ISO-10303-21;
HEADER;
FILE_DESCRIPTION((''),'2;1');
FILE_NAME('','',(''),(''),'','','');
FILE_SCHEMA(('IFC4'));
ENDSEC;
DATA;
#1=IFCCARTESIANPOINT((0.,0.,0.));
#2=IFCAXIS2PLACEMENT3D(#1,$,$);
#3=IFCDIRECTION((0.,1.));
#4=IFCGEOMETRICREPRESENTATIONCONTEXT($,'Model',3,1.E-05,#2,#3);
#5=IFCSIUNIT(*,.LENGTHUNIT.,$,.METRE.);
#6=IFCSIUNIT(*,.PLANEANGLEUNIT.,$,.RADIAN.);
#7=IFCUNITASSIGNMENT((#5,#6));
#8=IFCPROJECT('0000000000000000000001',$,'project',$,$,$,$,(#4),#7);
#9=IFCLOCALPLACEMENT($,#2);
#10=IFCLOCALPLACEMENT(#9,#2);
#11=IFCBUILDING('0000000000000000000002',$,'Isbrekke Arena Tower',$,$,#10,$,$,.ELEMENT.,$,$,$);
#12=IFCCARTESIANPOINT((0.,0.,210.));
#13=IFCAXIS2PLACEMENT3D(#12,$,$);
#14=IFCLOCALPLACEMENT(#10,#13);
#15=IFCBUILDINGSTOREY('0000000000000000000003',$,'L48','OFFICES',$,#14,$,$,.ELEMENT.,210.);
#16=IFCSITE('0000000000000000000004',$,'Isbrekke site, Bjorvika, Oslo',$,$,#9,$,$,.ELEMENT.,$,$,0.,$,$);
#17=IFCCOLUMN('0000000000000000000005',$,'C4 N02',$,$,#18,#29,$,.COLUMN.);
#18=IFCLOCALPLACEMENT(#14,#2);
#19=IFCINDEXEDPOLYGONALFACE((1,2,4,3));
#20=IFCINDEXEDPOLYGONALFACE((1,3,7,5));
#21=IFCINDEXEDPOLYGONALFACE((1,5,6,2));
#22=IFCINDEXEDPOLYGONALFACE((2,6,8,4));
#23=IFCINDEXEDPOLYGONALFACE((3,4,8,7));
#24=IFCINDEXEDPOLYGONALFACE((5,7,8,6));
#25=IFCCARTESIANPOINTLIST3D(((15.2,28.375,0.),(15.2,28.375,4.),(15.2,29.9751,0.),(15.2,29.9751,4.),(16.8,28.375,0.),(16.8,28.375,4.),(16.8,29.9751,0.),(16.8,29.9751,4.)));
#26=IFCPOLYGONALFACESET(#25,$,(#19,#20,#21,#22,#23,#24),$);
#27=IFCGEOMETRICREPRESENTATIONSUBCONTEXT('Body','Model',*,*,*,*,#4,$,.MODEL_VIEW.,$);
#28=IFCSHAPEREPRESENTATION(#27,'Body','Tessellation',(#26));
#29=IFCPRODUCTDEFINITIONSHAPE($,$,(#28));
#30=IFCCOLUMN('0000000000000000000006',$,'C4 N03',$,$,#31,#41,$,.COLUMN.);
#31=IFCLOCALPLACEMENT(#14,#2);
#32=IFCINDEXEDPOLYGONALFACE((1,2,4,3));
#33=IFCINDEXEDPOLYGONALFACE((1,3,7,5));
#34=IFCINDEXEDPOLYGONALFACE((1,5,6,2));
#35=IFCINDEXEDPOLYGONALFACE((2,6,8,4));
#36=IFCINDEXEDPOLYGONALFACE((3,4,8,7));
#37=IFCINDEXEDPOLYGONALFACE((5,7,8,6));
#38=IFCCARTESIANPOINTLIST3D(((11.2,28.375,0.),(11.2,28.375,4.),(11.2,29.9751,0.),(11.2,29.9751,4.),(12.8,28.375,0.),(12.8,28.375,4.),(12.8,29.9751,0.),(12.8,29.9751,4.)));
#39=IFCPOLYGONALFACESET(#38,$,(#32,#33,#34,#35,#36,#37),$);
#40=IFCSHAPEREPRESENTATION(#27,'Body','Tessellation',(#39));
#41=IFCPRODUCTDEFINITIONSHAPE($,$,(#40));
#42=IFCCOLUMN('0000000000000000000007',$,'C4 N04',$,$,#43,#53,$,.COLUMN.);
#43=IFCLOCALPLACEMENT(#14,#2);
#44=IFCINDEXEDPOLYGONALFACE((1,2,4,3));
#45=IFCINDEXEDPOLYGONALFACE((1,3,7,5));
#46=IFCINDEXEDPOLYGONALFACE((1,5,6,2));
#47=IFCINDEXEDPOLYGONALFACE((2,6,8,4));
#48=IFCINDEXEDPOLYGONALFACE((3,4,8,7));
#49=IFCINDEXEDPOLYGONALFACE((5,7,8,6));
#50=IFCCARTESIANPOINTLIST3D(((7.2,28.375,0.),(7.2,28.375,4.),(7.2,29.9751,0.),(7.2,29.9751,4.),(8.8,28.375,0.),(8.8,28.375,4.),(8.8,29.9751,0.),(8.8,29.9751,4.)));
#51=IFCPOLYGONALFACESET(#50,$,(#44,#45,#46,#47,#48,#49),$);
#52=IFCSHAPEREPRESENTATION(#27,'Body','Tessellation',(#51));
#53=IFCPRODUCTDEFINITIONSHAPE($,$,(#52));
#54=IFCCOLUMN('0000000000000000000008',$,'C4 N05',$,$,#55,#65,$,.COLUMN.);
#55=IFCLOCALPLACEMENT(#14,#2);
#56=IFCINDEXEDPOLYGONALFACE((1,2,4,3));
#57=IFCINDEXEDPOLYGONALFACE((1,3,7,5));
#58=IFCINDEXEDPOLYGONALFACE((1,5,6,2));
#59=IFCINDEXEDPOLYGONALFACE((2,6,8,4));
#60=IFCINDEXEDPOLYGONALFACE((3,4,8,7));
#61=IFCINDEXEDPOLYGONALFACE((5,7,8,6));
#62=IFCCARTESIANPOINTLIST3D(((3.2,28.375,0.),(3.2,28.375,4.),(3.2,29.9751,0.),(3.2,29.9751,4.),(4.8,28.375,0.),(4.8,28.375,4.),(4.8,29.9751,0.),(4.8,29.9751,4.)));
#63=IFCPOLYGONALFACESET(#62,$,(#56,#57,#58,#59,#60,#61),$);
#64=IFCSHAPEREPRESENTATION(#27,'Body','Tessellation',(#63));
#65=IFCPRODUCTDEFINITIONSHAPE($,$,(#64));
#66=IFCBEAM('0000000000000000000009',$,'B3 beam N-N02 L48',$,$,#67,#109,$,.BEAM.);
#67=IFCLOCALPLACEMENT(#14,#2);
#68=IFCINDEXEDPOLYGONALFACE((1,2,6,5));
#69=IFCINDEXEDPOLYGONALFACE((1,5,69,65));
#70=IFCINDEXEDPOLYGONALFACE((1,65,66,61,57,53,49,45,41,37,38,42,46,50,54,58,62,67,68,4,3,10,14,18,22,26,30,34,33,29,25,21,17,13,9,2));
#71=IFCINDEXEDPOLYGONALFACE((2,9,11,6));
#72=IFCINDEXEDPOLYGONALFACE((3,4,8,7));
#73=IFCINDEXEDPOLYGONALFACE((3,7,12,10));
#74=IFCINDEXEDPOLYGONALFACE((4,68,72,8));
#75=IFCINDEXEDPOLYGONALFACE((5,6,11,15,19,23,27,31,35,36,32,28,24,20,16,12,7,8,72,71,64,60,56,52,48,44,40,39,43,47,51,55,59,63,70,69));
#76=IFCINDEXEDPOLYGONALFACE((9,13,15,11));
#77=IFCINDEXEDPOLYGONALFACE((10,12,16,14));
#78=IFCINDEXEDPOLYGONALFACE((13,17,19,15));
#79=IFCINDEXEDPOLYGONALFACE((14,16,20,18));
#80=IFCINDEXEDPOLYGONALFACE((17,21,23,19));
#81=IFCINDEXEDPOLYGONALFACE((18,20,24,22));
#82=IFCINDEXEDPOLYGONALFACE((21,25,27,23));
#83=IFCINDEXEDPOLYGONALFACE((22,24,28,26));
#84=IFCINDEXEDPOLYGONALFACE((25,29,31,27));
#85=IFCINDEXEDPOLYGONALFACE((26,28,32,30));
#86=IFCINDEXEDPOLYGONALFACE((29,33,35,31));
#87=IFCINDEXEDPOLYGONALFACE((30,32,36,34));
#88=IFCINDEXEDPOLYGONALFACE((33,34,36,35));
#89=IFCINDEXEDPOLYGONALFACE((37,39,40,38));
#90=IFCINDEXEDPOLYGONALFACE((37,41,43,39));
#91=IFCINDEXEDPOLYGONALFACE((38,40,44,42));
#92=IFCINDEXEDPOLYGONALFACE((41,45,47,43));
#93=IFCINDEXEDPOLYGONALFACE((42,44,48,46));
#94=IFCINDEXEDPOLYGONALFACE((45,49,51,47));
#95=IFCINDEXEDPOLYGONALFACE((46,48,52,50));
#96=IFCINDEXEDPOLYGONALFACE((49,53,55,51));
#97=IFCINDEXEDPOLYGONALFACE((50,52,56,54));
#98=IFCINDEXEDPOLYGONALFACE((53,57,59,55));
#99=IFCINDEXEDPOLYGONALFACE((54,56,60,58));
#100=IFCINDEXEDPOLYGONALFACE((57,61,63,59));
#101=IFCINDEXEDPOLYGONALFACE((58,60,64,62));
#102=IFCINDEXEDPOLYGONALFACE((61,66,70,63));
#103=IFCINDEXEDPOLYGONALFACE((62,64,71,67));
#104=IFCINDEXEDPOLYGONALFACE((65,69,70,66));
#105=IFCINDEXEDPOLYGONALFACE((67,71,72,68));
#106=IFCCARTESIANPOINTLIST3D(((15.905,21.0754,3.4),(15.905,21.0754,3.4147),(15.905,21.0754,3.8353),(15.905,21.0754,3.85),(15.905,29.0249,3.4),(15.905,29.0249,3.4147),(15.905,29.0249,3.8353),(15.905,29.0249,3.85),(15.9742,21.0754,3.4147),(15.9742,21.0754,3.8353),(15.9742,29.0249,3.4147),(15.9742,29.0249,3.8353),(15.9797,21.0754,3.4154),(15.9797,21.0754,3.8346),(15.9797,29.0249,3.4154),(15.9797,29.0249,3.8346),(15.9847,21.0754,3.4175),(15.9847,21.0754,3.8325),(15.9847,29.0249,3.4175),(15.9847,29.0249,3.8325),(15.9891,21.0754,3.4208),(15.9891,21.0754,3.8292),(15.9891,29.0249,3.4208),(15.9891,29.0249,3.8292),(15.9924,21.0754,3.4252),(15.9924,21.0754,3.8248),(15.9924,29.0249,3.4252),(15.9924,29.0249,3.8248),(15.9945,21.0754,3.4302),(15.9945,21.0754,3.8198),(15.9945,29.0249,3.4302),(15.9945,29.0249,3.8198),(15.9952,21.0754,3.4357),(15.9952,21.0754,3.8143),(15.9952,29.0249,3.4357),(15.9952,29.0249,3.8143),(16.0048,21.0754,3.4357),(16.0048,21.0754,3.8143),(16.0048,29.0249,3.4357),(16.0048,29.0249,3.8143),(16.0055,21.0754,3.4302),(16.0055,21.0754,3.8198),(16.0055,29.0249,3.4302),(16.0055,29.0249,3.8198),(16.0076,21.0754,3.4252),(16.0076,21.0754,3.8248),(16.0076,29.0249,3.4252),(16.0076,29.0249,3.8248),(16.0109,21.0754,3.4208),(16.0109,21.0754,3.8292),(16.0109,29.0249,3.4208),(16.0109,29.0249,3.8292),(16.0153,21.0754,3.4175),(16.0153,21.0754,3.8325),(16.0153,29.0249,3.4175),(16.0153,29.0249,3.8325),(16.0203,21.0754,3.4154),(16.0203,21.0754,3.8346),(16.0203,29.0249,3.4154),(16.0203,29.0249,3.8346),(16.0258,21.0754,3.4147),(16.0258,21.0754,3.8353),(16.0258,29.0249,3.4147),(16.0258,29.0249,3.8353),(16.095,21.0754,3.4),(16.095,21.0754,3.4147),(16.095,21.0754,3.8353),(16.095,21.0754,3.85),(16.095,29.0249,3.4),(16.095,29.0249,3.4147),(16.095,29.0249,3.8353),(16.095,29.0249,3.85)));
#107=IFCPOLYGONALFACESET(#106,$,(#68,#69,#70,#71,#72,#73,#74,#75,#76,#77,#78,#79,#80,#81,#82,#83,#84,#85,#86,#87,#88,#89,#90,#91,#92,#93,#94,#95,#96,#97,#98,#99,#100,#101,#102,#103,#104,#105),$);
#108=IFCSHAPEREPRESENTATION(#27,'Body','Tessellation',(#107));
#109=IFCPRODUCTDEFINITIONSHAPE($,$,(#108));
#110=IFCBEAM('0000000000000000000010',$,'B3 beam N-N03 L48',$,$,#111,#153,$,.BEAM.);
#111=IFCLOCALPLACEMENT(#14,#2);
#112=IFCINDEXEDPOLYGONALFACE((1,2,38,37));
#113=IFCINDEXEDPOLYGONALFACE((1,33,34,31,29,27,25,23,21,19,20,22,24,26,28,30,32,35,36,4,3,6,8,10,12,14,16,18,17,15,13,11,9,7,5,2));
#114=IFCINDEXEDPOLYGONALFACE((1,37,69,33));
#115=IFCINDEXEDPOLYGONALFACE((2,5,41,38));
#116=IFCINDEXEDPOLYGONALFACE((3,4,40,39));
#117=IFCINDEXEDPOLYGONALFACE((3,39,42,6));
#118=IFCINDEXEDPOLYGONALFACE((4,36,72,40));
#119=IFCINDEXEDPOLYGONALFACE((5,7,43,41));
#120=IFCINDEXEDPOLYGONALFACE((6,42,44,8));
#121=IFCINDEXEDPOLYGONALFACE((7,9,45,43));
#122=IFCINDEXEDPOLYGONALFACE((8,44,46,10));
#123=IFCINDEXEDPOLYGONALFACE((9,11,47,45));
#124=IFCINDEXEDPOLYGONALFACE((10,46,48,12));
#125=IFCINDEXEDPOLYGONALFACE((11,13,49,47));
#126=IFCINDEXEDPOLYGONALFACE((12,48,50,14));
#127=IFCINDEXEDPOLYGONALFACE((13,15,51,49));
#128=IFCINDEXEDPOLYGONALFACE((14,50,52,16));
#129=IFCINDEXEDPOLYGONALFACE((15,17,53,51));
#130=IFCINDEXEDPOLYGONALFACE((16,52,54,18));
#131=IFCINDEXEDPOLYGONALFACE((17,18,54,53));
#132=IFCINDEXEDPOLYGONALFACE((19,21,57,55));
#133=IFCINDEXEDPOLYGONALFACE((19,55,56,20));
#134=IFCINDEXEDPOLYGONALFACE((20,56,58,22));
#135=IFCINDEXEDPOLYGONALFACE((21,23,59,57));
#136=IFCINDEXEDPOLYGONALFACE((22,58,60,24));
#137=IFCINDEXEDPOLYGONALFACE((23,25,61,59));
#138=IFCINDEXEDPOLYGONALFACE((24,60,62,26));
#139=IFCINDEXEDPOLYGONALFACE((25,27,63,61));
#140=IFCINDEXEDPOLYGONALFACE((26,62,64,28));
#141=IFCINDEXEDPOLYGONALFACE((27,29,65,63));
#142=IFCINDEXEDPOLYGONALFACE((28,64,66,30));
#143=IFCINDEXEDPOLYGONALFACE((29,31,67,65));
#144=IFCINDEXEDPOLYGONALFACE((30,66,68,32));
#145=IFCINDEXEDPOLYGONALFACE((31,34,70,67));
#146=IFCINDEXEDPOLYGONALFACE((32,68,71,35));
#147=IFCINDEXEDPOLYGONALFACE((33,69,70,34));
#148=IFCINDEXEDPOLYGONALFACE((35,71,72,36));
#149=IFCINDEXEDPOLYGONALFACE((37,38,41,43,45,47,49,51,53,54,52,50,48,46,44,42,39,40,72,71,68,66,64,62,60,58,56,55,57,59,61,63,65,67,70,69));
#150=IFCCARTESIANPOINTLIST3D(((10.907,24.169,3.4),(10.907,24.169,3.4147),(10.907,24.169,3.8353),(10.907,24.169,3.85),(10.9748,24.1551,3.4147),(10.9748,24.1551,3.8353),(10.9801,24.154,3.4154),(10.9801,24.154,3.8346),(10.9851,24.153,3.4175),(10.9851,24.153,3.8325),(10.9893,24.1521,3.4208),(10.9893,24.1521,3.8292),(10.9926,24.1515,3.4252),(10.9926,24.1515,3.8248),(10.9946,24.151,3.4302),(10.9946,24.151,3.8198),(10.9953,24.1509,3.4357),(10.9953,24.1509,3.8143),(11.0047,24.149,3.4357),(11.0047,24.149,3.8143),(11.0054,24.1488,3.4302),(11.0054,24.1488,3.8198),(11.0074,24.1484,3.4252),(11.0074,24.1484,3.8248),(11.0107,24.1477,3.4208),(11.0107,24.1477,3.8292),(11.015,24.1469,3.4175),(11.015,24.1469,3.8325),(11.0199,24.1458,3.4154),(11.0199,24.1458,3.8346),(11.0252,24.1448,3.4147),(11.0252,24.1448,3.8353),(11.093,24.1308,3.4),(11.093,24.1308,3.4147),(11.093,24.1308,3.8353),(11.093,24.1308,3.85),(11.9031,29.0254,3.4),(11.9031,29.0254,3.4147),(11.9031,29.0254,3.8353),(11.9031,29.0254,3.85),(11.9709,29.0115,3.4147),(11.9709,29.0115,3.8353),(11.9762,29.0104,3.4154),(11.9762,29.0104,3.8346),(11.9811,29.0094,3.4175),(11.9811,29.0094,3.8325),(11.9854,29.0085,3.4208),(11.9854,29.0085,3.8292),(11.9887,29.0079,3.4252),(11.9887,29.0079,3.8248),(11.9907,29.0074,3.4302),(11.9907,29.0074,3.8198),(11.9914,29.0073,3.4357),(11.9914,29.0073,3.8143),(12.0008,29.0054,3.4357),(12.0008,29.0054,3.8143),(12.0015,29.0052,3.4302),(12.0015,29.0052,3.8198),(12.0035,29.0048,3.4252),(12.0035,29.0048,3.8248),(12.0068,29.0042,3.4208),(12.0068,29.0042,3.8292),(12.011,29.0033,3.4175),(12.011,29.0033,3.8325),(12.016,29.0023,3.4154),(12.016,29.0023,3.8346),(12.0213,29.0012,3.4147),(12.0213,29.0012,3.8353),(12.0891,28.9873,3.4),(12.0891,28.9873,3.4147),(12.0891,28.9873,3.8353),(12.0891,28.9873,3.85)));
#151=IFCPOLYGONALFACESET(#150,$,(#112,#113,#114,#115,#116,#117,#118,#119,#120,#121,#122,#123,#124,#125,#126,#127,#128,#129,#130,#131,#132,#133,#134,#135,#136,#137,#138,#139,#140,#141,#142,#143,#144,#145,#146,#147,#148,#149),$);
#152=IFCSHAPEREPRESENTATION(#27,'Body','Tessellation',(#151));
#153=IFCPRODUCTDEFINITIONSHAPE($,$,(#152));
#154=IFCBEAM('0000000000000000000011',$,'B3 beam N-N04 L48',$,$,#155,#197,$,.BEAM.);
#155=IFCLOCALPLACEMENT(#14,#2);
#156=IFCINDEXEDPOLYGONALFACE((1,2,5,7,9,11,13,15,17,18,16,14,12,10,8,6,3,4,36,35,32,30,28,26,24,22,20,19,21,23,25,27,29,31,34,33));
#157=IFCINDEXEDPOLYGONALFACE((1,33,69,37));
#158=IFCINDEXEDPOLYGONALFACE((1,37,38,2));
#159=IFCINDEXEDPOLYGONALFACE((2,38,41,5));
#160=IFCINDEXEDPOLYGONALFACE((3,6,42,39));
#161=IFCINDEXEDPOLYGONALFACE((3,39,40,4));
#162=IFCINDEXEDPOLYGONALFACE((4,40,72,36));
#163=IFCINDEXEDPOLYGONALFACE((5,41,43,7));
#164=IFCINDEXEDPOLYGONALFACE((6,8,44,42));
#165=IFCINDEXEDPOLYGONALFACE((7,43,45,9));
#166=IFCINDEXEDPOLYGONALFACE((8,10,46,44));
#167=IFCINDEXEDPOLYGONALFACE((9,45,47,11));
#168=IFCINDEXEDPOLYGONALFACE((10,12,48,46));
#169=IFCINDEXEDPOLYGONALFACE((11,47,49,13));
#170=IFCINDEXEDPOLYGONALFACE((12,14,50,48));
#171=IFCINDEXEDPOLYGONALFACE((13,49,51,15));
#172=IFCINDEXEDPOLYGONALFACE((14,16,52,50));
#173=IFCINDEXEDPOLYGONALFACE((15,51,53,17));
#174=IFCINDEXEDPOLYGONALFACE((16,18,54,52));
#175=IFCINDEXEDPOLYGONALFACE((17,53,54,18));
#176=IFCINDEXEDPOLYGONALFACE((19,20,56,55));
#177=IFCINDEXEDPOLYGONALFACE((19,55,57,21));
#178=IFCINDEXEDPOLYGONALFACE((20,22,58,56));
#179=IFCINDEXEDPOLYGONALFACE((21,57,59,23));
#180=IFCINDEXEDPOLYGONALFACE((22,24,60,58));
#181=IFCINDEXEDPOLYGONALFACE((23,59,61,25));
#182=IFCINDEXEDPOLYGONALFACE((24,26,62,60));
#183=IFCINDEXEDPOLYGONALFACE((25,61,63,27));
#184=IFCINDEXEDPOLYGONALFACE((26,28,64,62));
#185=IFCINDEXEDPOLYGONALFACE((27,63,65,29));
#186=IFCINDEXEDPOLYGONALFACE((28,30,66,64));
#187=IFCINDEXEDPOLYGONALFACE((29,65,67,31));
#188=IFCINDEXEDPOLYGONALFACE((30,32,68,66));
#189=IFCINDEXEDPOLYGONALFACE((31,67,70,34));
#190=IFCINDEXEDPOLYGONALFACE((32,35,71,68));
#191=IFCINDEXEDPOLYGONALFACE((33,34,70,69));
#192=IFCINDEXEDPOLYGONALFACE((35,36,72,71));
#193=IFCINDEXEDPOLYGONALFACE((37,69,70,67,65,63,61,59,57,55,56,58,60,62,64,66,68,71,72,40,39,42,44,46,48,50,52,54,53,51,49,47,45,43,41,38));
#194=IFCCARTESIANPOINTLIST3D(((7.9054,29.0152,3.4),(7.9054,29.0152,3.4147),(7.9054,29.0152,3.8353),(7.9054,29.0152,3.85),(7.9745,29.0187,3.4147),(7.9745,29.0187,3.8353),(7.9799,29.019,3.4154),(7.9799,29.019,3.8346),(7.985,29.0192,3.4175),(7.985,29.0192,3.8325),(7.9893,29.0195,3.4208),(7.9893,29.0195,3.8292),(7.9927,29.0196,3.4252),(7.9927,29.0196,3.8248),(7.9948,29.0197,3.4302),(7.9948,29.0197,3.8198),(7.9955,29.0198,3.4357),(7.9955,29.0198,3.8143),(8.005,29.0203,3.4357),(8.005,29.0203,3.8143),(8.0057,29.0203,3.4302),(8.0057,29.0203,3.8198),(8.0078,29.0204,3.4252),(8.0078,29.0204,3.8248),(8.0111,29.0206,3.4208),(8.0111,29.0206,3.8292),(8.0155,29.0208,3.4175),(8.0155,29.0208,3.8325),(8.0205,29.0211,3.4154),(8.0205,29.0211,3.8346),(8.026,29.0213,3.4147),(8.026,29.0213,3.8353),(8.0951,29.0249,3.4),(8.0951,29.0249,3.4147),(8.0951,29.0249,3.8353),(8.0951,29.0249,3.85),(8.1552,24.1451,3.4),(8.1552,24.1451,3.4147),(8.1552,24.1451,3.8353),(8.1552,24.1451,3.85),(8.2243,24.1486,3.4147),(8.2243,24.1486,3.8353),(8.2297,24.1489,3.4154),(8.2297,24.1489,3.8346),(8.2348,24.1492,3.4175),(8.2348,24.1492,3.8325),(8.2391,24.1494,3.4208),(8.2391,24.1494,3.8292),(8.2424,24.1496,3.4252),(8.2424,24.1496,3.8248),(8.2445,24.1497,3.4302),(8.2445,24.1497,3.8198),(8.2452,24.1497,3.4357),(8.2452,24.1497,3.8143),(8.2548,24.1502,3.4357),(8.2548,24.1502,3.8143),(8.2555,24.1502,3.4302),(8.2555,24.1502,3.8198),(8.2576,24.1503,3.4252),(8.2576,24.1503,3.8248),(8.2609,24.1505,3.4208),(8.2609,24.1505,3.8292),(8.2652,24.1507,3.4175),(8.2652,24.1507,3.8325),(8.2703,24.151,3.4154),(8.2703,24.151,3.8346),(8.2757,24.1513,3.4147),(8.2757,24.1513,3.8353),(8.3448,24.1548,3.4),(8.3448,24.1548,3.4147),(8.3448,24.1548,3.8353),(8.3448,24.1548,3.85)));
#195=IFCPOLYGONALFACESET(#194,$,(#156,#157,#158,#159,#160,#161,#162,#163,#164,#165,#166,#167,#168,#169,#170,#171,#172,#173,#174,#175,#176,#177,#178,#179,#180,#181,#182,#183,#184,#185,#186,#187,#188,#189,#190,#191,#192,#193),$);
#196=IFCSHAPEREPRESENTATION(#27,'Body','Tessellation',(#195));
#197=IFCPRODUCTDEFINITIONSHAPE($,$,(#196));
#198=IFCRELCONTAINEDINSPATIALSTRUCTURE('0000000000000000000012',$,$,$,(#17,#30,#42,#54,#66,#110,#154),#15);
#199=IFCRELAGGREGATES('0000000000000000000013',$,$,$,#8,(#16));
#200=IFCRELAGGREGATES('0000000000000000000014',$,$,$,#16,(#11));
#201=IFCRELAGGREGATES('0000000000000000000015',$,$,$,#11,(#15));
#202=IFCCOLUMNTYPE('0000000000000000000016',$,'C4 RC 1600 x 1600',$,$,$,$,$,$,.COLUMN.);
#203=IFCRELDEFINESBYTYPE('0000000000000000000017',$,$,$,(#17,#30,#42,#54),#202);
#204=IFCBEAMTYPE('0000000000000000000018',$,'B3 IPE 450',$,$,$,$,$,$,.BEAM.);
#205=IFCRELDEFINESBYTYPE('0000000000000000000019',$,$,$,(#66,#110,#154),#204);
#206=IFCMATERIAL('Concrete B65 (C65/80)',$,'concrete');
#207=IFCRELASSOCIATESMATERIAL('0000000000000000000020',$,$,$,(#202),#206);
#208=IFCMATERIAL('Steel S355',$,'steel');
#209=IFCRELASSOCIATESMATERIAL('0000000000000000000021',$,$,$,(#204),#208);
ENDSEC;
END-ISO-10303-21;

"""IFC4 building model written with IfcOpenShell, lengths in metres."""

from ifc_helpers import new_model, si_unit, direction, frame, origin, origin_2d, place, context, subcontext, project, spatial, rectangle, i_section, extrude, material, material_profile, profile_set, type_object, element, save


model = new_model("IFC4")

# Units and contexts
model_context = context("Model", 3, precision=1e-05, world=origin(), true_north=direction((0.0, 1.0)))
body_context = subcontext(model_context, "Body", "Model", "MODEL_VIEW")
ifc_project = project(units=[si_unit("LENGTHUNIT", "METRE"), si_unit("PLANEANGLEUNIT", "RADIAN")], contexts=[model_context])

# Site, building, storey
site_placement = place(None, origin())
site = spatial("IfcSite", under=ifc_project, at=site_placement, Name="Isbrekke site, Bjorvika, Oslo", CompositionType="ELEMENT", RefElevation=0.0)
building_placement = place(site_placement, origin())
building = spatial("IfcBuilding", under=site, at=building_placement, Name="Isbrekke Arena Tower", CompositionType="ELEMENT")
storey_placement = place(building_placement, frame((0.0, 0.0, 210.0)))
storey = spatial("IfcBuildingStorey", under=building, at=storey_placement, Name="L48", Description="OFFICES", CompositionType="ELEMENT", Elevation=210.0)

# Columns
ifc_material_1 = material(Name="Concrete B65 (C65/80)", Category="concrete")
ifc_material_profile_1 = material_profile(ifc_material_1, rectangle(XDim=1.6001, YDim=1.6001, at=origin_2d()), Name="RC 1600x1600")
ifc_profile_set_1 = profile_set([ifc_material_profile_1], Name="Concrete B65 (C65/80)")
column_type = type_object("IfcColumnType", Name="C4 RC 1600 x 1600", PredefinedType="COLUMN", material=ifc_profile_set_1)
for number, where, z_axis, x_axis, name in (
    (1, (16.0, 29.175, 0.0), (0.0, 0.0, 1.0), (-1.0, 0.0, 0.0), "C4 N02"),
    (2, (12.0, 29.175, 0.0), (0.0, 0.0, 1.0), (-1.0, 0.0, 0.0), "C4 N03"),
    (3, (8.0, 29.175, 0.0), (0.0, 0.0, 1.0), (-1.0, 0.0, 0.0), "C4 N04"),
    (4, (4.0, 29.175, 0.0), (0.0, 0.0, 1.0), (-1.0, 0.0, 0.0), "C4 N05"),
):
    element("IfcColumn", number, at=place(storey_placement, frame(where, z_axis=z_axis, x_axis=x_axis)), inside=storey, type_object=column_type, Name=name, PredefinedType="COLUMN", context=body_context, shape_type="SweptSolid", body=[
        extrude(rectangle(XDim=1.6001, YDim=1.6001, at=origin_2d()), origin(), (0.0, 0.0, 1.0), 4.0),
    ])

# Beams
ifc_material_2 = material(Name="Steel S355", Category="steel")
ifc_material_profile_2 = material_profile(ifc_material_2, i_section(OverallWidth=0.1899, OverallDepth=0.45, WebThickness=0.0095, FlangeThickness=0.0146, FilletRadius=0.021, at=origin_2d()), Name="IPE 450")
ifc_profile_set_2 = profile_set([ifc_material_profile_2], Name="Steel S355")
beam_type_1 = type_object("IfcBeamType", Name="B3 IPE 450", PredefinedType="BEAM", material=ifc_profile_set_2)
beam_1_placement = place(storey_placement, frame((16.0, 29.0249, 3.625), z_axis=(0.0, -1.0, 0.0), x_axis=(1.0, 0.0, 0.0)))
element("IfcBeam", 5, at=beam_1_placement, inside=storey, type_object=beam_type_1, Name="B3 beam N-N02 L48", PredefinedType="BEAM", context=body_context, shape_type="SweptSolid", body=[
    extrude(i_section(OverallWidth=0.1899, OverallDepth=0.45, WebThickness=0.0095, FlangeThickness=0.0146, FilletRadius=0.021, at=origin_2d()), origin(), (0.0, 0.0, 1.0), 7.9495),
])
beam_2_placement = place(storey_placement, frame((11.9961, 29.0063, 3.625), z_axis=(-0.200925, -0.979607, 0.0), x_axis=(0.979607, -0.200925, 0.0)))
element("IfcBeam", 6, at=beam_2_placement, inside=storey, type_object=beam_type_1, Name="B3 beam N-N03 L48", PredefinedType="BEAM", context=body_context, shape_type="SweptSolid", body=[
    extrude(i_section(OverallWidth=0.1899, OverallDepth=0.45, WebThickness=0.0095, FlangeThickness=0.0146, FilletRadius=0.021, at=origin_2d()), origin(), (0.0, 0.0, 1.0), 4.9575),
])
beam_3_placement = place(storey_placement, frame((8.0002, 29.02, 3.625), z_axis=(0.051216, -0.998688, 0.0), x_axis=(0.998688, 0.051216, 0.0)))
element("IfcBeam", 7, at=beam_3_placement, inside=storey, type_object=beam_type_1, Name="B3 beam N-N04 L48", PredefinedType="BEAM", context=body_context, shape_type="SweptSolid", body=[
    extrude(i_section(OverallWidth=0.1899, OverallDepth=0.45, WebThickness=0.0095, FlangeThickness=0.0146, FilletRadius=0.021, at=origin_2d()), origin(), (0.0, 0.0, 1.0), 4.8765),
])

save(model, "model.ifc")
